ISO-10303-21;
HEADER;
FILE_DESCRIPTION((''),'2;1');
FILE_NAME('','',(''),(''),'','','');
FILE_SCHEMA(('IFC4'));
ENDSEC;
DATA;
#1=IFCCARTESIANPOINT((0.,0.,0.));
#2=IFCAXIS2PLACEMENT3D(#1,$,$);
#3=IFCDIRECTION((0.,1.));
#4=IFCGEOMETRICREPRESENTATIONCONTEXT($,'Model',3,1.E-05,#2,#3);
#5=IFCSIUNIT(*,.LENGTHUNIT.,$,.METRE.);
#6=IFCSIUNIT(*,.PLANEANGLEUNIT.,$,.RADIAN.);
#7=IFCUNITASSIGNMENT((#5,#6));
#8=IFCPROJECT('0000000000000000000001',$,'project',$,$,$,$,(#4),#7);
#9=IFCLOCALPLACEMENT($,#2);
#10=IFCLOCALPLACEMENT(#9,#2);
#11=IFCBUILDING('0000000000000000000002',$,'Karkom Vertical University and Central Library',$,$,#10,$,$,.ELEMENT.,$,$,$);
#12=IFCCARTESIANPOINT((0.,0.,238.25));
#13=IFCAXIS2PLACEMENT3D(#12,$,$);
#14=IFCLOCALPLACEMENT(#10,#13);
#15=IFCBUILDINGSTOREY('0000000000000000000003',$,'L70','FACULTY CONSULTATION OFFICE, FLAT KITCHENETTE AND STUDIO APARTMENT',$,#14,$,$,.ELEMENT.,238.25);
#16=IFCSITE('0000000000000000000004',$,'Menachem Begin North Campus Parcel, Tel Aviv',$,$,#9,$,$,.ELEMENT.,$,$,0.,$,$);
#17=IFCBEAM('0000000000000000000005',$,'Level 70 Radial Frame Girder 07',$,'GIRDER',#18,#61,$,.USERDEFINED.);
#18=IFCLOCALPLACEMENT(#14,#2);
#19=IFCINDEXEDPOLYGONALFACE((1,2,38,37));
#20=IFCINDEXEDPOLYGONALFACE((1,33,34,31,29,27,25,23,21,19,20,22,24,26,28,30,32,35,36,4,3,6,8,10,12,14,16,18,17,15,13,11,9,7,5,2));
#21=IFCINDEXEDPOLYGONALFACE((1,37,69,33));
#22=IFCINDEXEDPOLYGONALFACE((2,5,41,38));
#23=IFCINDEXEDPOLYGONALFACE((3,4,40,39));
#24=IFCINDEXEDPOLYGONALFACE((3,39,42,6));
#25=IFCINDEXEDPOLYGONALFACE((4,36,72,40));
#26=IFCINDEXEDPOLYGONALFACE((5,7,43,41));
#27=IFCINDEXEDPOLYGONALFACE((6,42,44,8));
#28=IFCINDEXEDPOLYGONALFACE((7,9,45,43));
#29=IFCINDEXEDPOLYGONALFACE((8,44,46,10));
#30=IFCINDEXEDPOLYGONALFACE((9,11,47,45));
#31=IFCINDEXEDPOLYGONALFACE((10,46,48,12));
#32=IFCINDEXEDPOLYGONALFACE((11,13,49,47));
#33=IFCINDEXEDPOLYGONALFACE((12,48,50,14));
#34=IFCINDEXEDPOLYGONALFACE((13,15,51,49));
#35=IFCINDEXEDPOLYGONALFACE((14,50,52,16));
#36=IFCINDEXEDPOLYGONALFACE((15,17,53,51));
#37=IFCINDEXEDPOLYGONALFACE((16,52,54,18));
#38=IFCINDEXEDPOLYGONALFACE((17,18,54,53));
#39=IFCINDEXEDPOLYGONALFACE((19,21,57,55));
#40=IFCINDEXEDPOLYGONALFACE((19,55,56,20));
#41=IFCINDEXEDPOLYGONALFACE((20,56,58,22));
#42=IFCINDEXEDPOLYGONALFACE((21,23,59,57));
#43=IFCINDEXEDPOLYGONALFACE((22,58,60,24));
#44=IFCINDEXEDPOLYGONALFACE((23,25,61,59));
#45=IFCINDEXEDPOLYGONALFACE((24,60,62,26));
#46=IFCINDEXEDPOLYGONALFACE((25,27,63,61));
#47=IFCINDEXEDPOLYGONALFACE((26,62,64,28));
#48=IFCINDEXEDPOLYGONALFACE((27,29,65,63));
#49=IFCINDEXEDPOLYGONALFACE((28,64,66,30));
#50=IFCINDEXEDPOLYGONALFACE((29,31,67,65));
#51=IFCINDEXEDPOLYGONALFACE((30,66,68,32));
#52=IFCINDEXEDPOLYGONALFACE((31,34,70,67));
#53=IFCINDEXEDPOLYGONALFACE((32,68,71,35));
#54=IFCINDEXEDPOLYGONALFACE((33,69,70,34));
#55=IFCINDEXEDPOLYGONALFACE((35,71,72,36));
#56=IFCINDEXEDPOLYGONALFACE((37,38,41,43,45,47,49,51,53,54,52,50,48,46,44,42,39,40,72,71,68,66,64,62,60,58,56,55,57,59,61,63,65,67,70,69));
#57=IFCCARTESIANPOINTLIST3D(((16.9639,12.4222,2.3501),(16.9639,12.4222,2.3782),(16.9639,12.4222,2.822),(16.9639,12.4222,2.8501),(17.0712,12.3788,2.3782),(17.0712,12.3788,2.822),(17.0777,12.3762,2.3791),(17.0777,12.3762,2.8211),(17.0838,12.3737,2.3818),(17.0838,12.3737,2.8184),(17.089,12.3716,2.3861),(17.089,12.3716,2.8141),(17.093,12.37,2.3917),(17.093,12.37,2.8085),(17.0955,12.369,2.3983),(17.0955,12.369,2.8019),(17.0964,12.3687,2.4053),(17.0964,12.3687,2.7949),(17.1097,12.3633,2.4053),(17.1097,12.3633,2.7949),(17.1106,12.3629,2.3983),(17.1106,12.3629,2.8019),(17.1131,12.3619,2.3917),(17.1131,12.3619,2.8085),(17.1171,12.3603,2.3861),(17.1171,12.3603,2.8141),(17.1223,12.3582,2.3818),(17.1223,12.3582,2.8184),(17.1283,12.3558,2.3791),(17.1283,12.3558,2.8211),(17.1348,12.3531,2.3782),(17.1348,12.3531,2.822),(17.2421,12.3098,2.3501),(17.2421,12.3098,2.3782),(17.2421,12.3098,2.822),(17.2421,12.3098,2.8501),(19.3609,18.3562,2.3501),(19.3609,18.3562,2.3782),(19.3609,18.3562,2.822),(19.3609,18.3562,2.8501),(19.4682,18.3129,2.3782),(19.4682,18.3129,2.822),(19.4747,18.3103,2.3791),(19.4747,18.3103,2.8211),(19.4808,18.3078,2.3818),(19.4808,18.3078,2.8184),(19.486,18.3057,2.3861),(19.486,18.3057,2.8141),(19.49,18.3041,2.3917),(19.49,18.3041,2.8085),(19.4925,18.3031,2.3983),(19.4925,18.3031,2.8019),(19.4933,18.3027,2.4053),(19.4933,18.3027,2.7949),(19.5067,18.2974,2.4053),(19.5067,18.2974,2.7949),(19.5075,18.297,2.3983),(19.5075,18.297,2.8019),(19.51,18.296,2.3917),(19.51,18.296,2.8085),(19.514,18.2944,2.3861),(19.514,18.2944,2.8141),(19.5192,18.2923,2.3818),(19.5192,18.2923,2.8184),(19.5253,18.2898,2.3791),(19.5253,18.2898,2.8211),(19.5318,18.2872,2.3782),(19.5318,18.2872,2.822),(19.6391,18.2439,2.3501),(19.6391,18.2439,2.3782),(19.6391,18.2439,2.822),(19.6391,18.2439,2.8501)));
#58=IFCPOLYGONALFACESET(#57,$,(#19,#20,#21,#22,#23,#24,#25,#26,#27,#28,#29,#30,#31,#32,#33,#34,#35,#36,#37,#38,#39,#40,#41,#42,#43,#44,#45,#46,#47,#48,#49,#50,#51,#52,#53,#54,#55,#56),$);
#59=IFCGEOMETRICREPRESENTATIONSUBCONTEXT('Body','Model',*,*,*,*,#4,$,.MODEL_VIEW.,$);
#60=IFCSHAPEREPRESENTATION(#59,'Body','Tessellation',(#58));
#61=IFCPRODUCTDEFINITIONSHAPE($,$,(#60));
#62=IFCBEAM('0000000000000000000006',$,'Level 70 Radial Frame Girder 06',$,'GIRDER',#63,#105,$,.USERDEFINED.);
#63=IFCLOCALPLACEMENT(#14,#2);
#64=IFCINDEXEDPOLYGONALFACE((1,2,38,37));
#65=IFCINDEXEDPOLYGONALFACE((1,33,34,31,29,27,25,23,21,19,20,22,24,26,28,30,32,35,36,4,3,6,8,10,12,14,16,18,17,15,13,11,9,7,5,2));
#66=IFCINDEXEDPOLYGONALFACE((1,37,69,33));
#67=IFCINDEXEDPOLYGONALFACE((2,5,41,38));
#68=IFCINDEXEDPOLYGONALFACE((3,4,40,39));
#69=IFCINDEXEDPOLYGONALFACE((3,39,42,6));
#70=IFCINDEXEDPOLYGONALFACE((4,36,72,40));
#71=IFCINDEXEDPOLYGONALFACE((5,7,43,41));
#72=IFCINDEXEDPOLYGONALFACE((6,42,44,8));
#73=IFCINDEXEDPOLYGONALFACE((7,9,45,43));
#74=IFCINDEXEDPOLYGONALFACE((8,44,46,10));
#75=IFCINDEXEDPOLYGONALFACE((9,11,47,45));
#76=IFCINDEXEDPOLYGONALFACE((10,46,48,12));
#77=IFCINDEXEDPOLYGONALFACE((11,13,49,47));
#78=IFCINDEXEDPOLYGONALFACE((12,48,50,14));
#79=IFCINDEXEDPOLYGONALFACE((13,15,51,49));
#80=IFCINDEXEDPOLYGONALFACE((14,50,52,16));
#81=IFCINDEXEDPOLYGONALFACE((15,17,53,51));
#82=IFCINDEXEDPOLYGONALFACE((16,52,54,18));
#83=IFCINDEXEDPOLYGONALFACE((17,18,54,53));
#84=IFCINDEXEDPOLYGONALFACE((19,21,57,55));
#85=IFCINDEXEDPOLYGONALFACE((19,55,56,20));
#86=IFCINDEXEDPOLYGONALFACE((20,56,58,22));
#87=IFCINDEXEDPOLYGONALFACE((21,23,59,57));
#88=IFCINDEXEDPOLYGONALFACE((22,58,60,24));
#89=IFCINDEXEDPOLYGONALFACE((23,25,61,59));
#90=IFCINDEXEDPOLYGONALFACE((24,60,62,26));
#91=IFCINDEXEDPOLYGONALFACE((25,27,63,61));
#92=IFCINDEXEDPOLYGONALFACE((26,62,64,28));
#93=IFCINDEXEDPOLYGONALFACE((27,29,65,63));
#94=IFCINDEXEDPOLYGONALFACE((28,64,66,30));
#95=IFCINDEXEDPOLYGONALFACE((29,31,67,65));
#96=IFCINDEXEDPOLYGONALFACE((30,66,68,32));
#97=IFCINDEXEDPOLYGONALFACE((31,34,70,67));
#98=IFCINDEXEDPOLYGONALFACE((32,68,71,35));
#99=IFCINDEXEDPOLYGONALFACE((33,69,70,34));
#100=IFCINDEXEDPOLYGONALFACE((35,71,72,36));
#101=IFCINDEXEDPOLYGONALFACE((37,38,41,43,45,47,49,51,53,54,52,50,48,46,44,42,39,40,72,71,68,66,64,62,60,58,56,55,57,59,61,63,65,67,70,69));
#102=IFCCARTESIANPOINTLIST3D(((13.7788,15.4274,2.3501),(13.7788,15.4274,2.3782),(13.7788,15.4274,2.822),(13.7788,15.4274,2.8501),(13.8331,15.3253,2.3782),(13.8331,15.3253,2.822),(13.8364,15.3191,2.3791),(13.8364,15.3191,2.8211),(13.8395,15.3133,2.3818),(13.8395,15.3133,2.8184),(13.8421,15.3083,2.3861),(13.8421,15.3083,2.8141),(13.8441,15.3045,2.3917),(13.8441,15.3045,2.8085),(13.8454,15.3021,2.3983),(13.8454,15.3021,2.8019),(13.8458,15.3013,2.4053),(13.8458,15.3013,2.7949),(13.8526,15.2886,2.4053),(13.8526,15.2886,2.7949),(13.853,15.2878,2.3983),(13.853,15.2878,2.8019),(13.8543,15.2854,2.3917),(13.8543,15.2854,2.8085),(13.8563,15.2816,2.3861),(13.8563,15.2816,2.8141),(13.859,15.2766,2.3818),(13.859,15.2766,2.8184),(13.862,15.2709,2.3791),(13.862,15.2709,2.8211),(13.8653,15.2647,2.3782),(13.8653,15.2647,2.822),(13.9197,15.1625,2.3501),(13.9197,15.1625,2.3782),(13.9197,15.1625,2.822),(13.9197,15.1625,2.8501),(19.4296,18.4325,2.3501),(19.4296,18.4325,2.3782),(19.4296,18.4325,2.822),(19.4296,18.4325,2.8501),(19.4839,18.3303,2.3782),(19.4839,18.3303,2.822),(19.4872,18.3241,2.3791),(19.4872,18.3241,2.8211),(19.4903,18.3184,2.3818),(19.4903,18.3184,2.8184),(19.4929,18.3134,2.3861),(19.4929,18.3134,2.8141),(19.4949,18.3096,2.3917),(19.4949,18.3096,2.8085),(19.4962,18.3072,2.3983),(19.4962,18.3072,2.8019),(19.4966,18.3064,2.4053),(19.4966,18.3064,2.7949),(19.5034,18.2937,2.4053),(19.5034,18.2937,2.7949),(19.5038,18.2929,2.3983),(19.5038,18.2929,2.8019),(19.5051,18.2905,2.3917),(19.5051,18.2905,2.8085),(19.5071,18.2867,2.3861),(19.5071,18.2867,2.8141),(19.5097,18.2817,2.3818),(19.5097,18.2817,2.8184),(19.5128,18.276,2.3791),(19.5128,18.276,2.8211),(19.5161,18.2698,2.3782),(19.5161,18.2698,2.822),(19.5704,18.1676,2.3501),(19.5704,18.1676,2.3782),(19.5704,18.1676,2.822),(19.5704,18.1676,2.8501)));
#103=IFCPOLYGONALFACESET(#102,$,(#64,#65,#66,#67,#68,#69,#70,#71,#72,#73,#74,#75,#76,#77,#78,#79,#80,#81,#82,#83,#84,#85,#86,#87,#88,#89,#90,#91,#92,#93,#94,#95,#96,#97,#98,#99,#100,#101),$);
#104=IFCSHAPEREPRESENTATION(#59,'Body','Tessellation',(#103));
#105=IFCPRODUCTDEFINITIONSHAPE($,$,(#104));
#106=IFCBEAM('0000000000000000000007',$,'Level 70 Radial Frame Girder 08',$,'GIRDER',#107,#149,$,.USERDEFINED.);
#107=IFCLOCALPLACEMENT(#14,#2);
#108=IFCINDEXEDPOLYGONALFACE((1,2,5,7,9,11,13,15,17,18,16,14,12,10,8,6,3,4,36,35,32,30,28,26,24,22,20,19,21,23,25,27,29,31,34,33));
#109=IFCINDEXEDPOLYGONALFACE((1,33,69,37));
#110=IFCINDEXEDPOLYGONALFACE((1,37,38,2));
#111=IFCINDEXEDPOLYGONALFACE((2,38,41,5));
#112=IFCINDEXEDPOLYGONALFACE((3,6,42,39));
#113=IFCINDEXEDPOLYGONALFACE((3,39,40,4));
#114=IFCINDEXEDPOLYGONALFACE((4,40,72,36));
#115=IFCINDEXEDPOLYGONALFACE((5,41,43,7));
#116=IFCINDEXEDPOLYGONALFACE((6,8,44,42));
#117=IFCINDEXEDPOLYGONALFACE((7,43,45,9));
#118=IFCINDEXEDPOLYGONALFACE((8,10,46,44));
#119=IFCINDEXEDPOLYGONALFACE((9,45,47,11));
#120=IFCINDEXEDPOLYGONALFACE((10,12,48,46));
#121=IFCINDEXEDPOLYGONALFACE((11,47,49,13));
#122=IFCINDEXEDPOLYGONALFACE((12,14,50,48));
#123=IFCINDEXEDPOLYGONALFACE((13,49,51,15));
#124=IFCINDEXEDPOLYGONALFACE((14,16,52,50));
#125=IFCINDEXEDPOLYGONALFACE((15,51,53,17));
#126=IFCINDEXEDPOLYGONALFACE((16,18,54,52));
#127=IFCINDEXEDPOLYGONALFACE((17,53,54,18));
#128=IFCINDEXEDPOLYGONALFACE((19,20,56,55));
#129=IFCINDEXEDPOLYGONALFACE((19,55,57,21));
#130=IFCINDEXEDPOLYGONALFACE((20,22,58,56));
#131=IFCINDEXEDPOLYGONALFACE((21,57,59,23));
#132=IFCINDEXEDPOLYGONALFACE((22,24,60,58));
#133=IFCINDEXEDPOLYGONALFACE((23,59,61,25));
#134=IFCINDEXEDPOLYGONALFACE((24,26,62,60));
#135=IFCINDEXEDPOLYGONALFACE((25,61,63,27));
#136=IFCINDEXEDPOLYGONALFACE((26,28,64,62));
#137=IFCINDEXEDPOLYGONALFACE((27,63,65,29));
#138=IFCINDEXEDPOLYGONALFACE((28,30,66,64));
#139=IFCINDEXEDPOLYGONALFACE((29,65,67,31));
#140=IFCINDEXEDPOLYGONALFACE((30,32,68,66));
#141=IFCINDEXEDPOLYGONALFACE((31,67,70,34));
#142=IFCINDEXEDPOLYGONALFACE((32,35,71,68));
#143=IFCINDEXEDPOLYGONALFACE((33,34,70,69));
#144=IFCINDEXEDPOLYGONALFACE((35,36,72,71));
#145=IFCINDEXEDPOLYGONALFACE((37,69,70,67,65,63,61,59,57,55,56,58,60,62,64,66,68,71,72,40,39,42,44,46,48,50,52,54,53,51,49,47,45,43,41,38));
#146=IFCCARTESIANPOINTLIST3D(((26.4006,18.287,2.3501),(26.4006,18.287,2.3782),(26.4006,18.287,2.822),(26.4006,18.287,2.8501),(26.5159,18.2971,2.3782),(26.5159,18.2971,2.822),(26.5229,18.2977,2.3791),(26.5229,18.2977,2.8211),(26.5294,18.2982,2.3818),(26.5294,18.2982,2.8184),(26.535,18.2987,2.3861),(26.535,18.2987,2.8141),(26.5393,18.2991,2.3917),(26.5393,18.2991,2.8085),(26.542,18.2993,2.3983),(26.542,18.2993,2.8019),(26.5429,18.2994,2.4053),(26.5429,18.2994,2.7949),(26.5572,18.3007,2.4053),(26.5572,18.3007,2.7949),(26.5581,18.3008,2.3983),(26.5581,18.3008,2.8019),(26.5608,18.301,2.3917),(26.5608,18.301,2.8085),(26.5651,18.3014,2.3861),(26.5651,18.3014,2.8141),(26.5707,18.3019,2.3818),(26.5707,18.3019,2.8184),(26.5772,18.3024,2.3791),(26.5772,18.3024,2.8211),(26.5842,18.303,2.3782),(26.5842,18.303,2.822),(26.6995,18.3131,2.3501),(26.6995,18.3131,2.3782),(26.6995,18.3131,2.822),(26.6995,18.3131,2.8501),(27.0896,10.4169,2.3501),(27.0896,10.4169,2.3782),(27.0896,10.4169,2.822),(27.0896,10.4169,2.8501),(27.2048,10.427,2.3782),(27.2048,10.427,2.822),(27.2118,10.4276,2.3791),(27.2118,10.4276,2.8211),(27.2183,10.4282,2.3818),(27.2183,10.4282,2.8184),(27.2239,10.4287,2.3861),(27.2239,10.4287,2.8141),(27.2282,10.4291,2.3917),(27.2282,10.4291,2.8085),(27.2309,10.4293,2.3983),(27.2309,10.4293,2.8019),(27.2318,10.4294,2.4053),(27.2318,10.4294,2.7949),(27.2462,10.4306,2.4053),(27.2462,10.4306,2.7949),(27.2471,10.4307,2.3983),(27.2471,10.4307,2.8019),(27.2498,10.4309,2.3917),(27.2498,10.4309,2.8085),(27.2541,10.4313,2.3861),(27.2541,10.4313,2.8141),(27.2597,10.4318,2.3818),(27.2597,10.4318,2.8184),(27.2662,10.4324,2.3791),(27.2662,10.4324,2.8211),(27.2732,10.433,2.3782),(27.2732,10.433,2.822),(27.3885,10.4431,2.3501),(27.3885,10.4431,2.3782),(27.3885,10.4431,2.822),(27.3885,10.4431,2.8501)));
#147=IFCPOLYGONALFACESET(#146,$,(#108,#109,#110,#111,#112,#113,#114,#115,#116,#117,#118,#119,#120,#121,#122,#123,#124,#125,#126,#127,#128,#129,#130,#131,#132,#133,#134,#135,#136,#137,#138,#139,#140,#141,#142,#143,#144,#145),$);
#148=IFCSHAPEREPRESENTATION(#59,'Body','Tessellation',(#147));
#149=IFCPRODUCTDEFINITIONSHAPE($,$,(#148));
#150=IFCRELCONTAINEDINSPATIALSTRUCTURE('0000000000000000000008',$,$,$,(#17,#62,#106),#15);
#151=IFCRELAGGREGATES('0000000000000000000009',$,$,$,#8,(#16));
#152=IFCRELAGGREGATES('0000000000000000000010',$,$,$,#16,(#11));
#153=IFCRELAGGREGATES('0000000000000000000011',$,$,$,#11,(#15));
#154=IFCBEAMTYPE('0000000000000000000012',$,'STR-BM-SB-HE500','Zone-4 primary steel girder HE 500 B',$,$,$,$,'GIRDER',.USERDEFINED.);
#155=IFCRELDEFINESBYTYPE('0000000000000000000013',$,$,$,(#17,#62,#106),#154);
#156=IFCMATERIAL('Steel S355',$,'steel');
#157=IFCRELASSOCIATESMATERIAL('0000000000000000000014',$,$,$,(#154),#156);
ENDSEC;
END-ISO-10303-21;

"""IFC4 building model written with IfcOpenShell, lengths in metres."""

from ifc_helpers import new_model, si_unit, direction, frame, origin, origin_with_axes, origin_2d, place, context, subcontext, project, spatial, i_section, extrude, source, transform, mapped, material, material_profile, profile_set, type_object, element, save


model = new_model("IFC4")

# Units and contexts
model_context = context("Model", 3, precision=1e-05, world=origin(), true_north=direction((0.0, 1.0)))
body_context = subcontext(model_context, "Body", "Model", "MODEL_VIEW")
ifc_project = project(units=[si_unit("LENGTHUNIT", "METRE"), si_unit("PLANEANGLEUNIT", "RADIAN")], contexts=[model_context])

# Site, building, storey
site_placement = place(None, origin())
site = spatial("IfcSite", under=ifc_project, at=site_placement, Name="Menachem Begin North Campus Parcel, Tel Aviv", CompositionType="ELEMENT", RefElevation=0.0)
building_placement = place(site_placement, origin())
building = spatial("IfcBuilding", under=site, at=building_placement, Name="Karkom Vertical University and Central Library", CompositionType="ELEMENT")
storey_placement = place(building_placement, frame((0.0, 0.0, 238.25)))
storey = spatial("IfcBuildingStorey", under=building, at=storey_placement, Name="L70", Description="FACULTY CONSULTATION OFFICE, FLAT KITCHENETTE AND STUDIO APARTMENT", CompositionType="ELEMENT", Elevation=238.25)

# Beams
ifc_material_1 = material(Name="Steel S355", Category="steel")
ifc_material_profile_1 = material_profile(ifc_material_1, i_section(OverallWidth=0.3, OverallDepth=0.5, WebThickness=0.0144, FlangeThickness=0.0281, FilletRadius=0.0271, at=origin_2d()), Name="HE 500 B")
ifc_profile_set_1 = profile_set([ifc_material_profile_1], Name="Steel S355")
beam_type_1 = type_object("IfcBeamType", Name="STR-BM-SB-HE500", Description="Zone-4 primary steel girder HE 500 B", ElementType="GIRDER", PredefinedType="USERDEFINED", material=ifc_profile_set_1)
shared_shape_1 = source(origin_with_axes(), body_context, "Body", "SweptSolid", [
    extrude(i_section(OverallWidth=0.3, OverallDepth=0.5, WebThickness=0.0144, FlangeThickness=0.0281, FilletRadius=0.0271, at=origin_2d()), origin(), (0.0, 0.0, 1.0), 6.3999),
])
beam_1_placement = place(storey_placement, frame((19.5, 18.3, 2.6001), z_axis=(-0.374532, -0.927214, 0.0), x_axis=(0.927214, -0.374532, 0.0)))
element("IfcBeam", 1, at=beam_1_placement, inside=storey, type_object=beam_type_1, Name="Level 70 Radial Frame Girder 07", ObjectType="GIRDER", PredefinedType="USERDEFINED", context=body_context, shape_type="MappedRepresentation", body=[
    mapped(shared_shape_1, transform((0.0, 0.0, 0.0), scale=1.0)),
])
shared_shape_2 = source(origin_with_axes(), body_context, "Body", "SweptSolid", [
    extrude(i_section(OverallWidth=0.3, OverallDepth=0.5, WebThickness=0.0144, FlangeThickness=0.0281, FilletRadius=0.0271, at=origin_2d()), origin(), (0.0, 0.0, 1.0), 6.4001),
])
beam_2_placement = place(storey_placement, frame((19.5, 18.3, 2.6001), z_axis=(-0.882915, -0.469533, 0.0), x_axis=(0.469533, -0.882915, 0.0)))
element("IfcBeam", 2, at=beam_2_placement, inside=storey, type_object=beam_type_1, Name="Level 70 Radial Frame Girder 06", ObjectType="GIRDER", PredefinedType="USERDEFINED", context=body_context, shape_type="MappedRepresentation", body=[
    mapped(shared_shape_2, transform((0.0, 0.0, 0.0), scale=1.0)),
])
shared_shape_3 = source(origin_with_axes(), body_context, "Body", "SweptSolid", [
    extrude(i_section(OverallWidth=0.3, OverallDepth=0.5, WebThickness=0.0144, FlangeThickness=0.0281, FilletRadius=0.0271, at=origin_2d()), origin(), (0.0, 0.0, 1.0), 7.9001),
])
beam_3_placement = place(storey_placement, frame((26.55, 18.3, 2.6001), z_axis=(0.087208, -0.99619, 0.0), x_axis=(0.99619, 0.087208, 0.0)))
element("IfcBeam", 3, at=beam_3_placement, inside=storey, type_object=beam_type_1, Name="Level 70 Radial Frame Girder 08", ObjectType="GIRDER", PredefinedType="USERDEFINED", context=body_context, shape_type="MappedRepresentation", body=[
    mapped(shared_shape_3, transform((0.0, 0.0, 0.0), scale=1.0)),
])

save(model, "model.ifc")
